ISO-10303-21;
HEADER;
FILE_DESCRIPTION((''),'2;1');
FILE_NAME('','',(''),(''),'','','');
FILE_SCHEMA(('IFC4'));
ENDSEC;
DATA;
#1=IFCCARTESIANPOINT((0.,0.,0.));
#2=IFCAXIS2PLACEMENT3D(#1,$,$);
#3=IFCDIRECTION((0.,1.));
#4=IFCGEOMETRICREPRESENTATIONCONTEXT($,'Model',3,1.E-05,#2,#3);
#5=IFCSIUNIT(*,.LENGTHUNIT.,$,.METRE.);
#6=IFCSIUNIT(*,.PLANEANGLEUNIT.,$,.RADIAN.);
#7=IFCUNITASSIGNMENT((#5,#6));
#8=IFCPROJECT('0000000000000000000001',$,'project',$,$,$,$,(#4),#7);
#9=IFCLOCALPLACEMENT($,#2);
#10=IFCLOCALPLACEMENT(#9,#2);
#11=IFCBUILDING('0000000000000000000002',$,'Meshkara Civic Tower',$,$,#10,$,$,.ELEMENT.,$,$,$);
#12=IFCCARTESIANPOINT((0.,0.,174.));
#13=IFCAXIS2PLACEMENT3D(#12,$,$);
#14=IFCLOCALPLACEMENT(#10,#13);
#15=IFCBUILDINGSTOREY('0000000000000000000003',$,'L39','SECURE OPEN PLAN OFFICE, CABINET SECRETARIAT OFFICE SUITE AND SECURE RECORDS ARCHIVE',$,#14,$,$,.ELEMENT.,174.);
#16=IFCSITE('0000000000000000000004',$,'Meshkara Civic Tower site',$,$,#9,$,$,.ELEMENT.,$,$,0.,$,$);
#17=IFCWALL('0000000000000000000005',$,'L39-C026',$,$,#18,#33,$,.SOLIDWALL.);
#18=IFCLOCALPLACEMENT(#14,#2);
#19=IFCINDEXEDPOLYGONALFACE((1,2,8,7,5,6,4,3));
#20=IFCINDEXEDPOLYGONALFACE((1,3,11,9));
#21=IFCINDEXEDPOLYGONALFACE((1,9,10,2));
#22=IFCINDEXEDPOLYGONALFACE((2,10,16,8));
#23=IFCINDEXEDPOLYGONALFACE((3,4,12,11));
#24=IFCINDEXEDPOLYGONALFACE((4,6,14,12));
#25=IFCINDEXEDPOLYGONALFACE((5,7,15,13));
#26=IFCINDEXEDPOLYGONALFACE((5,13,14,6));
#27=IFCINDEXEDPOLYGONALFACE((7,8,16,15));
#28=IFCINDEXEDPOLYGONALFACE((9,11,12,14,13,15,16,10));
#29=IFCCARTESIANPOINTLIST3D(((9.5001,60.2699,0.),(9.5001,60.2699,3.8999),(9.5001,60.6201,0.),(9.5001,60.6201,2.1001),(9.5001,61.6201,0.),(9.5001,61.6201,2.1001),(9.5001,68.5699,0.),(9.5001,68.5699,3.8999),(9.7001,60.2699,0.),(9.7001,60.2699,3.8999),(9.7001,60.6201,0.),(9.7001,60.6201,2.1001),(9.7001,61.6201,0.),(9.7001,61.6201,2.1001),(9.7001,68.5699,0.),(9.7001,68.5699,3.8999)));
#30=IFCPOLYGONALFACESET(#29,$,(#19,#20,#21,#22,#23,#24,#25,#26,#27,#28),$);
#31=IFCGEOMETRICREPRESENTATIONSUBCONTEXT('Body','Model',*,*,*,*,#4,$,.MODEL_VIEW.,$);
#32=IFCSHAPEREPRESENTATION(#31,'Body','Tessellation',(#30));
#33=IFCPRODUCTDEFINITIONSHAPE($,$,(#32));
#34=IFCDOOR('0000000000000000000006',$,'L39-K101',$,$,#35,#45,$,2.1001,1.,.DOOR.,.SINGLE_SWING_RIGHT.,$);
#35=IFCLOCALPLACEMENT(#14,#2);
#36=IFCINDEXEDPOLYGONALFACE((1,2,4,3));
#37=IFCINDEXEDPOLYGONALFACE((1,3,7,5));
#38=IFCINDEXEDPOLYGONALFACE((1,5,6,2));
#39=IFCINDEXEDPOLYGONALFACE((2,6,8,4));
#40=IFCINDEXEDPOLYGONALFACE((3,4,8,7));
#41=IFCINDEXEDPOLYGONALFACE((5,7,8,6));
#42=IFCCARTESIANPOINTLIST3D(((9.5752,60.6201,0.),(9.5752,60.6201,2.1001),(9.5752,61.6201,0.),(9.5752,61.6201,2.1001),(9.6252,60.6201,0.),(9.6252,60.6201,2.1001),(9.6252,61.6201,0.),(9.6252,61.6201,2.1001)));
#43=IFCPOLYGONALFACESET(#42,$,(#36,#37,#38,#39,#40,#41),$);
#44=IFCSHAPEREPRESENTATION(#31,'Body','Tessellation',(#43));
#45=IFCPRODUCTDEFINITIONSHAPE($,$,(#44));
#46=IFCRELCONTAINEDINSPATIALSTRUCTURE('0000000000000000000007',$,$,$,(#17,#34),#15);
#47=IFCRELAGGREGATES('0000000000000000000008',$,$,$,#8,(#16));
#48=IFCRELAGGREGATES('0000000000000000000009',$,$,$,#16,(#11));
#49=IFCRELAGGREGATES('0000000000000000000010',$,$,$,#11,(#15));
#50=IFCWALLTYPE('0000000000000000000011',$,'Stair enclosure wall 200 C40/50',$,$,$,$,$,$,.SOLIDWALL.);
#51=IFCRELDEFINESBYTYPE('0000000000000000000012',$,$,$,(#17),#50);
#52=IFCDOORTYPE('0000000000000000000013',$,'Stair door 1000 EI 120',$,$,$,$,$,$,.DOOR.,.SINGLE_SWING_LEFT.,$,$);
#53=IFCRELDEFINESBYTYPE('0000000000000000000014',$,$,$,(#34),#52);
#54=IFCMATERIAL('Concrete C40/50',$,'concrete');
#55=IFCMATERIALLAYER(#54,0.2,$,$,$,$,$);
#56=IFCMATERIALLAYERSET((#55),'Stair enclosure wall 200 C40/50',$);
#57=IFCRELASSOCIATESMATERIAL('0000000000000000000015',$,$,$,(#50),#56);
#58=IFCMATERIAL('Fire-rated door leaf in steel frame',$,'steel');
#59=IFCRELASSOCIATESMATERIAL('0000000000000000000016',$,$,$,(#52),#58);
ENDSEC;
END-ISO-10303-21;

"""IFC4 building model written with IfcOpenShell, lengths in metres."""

from ifc_helpers import new_model, si_unit, direction, frame, frame_2d, origin, place, context, subcontext, project, spatial, rectangle, extrude, material, layer, layer_set, type_object, element, fill, save


model = new_model("IFC4")

# Units and contexts
model_context = context("Model", 3, precision=1e-05, world=origin(), true_north=direction((0.0, 1.0)))
body_context = subcontext(model_context, "Body", "Model", "MODEL_VIEW")
ifc_project = project(units=[si_unit("LENGTHUNIT", "METRE"), si_unit("PLANEANGLEUNIT", "RADIAN")], contexts=[model_context])

# Site, building, storey
site_placement = place(None, origin())
site = spatial("IfcSite", under=ifc_project, at=site_placement, Name="Meshkara Civic Tower site", CompositionType="ELEMENT", RefElevation=0.0)
building_placement = place(site_placement, origin())
building = spatial("IfcBuilding", under=site, at=building_placement, Name="Meshkara Civic Tower", CompositionType="ELEMENT")
storey_placement = place(building_placement, frame((0.0, 0.0, 174.0)))
storey = spatial("IfcBuildingStorey", under=building, at=storey_placement, Name="L39", Description="SECURE OPEN PLAN OFFICE, CABINET SECRETARIAT OFFICE SUITE AND SECURE RECORDS ARCHIVE", CompositionType="ELEMENT", Elevation=174.0)

# Wall, opening, door
ifc_material_1 = material(Name="Concrete C40/50", Category="concrete")
ifc_layer_1 = layer(ifc_material_1, 0.2)
ifc_layer_set_1 = layer_set([ifc_layer_1], Name="Stair enclosure wall 200 C40/50")
wall_type_1 = type_object("IfcWallType", Name="Stair enclosure wall 200 C40/50", PredefinedType="SOLIDWALL", material=ifc_layer_set_1)
wall_1_placement = place(storey_placement, frame((9.6001, 60.27, 0.0), z_axis=(0.0, 0.0, 1.0), x_axis=(0.0, 1.0, 0.0)))
wall_1 = element("IfcWall", 1, at=wall_1_placement, inside=storey, type_object=wall_type_1, Name="L39-C026", PredefinedType="SOLIDWALL", context=body_context, shape_type="SweptSolid", body=[
    extrude(rectangle(XDim=8.3, YDim=0.2, at=frame_2d((4.1499, 0.0))), origin(), (0.0, 0.0, 1.0), 3.8999),
])
opening_1_placement = place(wall_1_placement, frame((0.3501, 0.0, 0.0)))
opening_1 = element("IfcOpeningElement", 2, at=opening_1_placement, cuts=wall_1, PredefinedType="OPENING", context=body_context, shape_type="SweptSolid", body=[
    extrude(rectangle(XDim=1.0, YDim=2.1001, at=frame_2d((0.5, 1.05))), frame((0.0, 0.1099, 0.0), z_axis=(0.0, -1.0, 0.0), x_axis=(1.0, 0.0, 0.0)), (0.0, 0.0, 1.0), 0.22),
])
ifc_material_2 = material(Name="Fire-rated door leaf in steel frame", Category="steel")
door_type_1 = type_object("IfcDoorType", Name="Stair door 1000 EI 120", OperationType="SINGLE_SWING_LEFT", PredefinedType="DOOR", material=ifc_material_2)
door_1_placement = place(opening_1_placement, origin())
door_1 = element("IfcDoor", 3, at=door_1_placement, inside=storey, type_object=door_type_1, Name="L39-K101", OperationType="SINGLE_SWING_RIGHT", OverallHeight=2.1001, OverallWidth=1.0, PredefinedType="DOOR", context=body_context, shape_type="SweptSolid", body=[
    extrude(rectangle(XDim=1.0, YDim=2.1001, at=frame_2d((0.5, 1.05))), frame((0.0, 0.0249, 0.0), z_axis=(0.0, -1.0, 0.0), x_axis=(1.0, 0.0, 0.0)), (0.0, 0.0, 1.0), 0.05),
])
fill(opening_1, door_1)

save(model, "model.ifc")
